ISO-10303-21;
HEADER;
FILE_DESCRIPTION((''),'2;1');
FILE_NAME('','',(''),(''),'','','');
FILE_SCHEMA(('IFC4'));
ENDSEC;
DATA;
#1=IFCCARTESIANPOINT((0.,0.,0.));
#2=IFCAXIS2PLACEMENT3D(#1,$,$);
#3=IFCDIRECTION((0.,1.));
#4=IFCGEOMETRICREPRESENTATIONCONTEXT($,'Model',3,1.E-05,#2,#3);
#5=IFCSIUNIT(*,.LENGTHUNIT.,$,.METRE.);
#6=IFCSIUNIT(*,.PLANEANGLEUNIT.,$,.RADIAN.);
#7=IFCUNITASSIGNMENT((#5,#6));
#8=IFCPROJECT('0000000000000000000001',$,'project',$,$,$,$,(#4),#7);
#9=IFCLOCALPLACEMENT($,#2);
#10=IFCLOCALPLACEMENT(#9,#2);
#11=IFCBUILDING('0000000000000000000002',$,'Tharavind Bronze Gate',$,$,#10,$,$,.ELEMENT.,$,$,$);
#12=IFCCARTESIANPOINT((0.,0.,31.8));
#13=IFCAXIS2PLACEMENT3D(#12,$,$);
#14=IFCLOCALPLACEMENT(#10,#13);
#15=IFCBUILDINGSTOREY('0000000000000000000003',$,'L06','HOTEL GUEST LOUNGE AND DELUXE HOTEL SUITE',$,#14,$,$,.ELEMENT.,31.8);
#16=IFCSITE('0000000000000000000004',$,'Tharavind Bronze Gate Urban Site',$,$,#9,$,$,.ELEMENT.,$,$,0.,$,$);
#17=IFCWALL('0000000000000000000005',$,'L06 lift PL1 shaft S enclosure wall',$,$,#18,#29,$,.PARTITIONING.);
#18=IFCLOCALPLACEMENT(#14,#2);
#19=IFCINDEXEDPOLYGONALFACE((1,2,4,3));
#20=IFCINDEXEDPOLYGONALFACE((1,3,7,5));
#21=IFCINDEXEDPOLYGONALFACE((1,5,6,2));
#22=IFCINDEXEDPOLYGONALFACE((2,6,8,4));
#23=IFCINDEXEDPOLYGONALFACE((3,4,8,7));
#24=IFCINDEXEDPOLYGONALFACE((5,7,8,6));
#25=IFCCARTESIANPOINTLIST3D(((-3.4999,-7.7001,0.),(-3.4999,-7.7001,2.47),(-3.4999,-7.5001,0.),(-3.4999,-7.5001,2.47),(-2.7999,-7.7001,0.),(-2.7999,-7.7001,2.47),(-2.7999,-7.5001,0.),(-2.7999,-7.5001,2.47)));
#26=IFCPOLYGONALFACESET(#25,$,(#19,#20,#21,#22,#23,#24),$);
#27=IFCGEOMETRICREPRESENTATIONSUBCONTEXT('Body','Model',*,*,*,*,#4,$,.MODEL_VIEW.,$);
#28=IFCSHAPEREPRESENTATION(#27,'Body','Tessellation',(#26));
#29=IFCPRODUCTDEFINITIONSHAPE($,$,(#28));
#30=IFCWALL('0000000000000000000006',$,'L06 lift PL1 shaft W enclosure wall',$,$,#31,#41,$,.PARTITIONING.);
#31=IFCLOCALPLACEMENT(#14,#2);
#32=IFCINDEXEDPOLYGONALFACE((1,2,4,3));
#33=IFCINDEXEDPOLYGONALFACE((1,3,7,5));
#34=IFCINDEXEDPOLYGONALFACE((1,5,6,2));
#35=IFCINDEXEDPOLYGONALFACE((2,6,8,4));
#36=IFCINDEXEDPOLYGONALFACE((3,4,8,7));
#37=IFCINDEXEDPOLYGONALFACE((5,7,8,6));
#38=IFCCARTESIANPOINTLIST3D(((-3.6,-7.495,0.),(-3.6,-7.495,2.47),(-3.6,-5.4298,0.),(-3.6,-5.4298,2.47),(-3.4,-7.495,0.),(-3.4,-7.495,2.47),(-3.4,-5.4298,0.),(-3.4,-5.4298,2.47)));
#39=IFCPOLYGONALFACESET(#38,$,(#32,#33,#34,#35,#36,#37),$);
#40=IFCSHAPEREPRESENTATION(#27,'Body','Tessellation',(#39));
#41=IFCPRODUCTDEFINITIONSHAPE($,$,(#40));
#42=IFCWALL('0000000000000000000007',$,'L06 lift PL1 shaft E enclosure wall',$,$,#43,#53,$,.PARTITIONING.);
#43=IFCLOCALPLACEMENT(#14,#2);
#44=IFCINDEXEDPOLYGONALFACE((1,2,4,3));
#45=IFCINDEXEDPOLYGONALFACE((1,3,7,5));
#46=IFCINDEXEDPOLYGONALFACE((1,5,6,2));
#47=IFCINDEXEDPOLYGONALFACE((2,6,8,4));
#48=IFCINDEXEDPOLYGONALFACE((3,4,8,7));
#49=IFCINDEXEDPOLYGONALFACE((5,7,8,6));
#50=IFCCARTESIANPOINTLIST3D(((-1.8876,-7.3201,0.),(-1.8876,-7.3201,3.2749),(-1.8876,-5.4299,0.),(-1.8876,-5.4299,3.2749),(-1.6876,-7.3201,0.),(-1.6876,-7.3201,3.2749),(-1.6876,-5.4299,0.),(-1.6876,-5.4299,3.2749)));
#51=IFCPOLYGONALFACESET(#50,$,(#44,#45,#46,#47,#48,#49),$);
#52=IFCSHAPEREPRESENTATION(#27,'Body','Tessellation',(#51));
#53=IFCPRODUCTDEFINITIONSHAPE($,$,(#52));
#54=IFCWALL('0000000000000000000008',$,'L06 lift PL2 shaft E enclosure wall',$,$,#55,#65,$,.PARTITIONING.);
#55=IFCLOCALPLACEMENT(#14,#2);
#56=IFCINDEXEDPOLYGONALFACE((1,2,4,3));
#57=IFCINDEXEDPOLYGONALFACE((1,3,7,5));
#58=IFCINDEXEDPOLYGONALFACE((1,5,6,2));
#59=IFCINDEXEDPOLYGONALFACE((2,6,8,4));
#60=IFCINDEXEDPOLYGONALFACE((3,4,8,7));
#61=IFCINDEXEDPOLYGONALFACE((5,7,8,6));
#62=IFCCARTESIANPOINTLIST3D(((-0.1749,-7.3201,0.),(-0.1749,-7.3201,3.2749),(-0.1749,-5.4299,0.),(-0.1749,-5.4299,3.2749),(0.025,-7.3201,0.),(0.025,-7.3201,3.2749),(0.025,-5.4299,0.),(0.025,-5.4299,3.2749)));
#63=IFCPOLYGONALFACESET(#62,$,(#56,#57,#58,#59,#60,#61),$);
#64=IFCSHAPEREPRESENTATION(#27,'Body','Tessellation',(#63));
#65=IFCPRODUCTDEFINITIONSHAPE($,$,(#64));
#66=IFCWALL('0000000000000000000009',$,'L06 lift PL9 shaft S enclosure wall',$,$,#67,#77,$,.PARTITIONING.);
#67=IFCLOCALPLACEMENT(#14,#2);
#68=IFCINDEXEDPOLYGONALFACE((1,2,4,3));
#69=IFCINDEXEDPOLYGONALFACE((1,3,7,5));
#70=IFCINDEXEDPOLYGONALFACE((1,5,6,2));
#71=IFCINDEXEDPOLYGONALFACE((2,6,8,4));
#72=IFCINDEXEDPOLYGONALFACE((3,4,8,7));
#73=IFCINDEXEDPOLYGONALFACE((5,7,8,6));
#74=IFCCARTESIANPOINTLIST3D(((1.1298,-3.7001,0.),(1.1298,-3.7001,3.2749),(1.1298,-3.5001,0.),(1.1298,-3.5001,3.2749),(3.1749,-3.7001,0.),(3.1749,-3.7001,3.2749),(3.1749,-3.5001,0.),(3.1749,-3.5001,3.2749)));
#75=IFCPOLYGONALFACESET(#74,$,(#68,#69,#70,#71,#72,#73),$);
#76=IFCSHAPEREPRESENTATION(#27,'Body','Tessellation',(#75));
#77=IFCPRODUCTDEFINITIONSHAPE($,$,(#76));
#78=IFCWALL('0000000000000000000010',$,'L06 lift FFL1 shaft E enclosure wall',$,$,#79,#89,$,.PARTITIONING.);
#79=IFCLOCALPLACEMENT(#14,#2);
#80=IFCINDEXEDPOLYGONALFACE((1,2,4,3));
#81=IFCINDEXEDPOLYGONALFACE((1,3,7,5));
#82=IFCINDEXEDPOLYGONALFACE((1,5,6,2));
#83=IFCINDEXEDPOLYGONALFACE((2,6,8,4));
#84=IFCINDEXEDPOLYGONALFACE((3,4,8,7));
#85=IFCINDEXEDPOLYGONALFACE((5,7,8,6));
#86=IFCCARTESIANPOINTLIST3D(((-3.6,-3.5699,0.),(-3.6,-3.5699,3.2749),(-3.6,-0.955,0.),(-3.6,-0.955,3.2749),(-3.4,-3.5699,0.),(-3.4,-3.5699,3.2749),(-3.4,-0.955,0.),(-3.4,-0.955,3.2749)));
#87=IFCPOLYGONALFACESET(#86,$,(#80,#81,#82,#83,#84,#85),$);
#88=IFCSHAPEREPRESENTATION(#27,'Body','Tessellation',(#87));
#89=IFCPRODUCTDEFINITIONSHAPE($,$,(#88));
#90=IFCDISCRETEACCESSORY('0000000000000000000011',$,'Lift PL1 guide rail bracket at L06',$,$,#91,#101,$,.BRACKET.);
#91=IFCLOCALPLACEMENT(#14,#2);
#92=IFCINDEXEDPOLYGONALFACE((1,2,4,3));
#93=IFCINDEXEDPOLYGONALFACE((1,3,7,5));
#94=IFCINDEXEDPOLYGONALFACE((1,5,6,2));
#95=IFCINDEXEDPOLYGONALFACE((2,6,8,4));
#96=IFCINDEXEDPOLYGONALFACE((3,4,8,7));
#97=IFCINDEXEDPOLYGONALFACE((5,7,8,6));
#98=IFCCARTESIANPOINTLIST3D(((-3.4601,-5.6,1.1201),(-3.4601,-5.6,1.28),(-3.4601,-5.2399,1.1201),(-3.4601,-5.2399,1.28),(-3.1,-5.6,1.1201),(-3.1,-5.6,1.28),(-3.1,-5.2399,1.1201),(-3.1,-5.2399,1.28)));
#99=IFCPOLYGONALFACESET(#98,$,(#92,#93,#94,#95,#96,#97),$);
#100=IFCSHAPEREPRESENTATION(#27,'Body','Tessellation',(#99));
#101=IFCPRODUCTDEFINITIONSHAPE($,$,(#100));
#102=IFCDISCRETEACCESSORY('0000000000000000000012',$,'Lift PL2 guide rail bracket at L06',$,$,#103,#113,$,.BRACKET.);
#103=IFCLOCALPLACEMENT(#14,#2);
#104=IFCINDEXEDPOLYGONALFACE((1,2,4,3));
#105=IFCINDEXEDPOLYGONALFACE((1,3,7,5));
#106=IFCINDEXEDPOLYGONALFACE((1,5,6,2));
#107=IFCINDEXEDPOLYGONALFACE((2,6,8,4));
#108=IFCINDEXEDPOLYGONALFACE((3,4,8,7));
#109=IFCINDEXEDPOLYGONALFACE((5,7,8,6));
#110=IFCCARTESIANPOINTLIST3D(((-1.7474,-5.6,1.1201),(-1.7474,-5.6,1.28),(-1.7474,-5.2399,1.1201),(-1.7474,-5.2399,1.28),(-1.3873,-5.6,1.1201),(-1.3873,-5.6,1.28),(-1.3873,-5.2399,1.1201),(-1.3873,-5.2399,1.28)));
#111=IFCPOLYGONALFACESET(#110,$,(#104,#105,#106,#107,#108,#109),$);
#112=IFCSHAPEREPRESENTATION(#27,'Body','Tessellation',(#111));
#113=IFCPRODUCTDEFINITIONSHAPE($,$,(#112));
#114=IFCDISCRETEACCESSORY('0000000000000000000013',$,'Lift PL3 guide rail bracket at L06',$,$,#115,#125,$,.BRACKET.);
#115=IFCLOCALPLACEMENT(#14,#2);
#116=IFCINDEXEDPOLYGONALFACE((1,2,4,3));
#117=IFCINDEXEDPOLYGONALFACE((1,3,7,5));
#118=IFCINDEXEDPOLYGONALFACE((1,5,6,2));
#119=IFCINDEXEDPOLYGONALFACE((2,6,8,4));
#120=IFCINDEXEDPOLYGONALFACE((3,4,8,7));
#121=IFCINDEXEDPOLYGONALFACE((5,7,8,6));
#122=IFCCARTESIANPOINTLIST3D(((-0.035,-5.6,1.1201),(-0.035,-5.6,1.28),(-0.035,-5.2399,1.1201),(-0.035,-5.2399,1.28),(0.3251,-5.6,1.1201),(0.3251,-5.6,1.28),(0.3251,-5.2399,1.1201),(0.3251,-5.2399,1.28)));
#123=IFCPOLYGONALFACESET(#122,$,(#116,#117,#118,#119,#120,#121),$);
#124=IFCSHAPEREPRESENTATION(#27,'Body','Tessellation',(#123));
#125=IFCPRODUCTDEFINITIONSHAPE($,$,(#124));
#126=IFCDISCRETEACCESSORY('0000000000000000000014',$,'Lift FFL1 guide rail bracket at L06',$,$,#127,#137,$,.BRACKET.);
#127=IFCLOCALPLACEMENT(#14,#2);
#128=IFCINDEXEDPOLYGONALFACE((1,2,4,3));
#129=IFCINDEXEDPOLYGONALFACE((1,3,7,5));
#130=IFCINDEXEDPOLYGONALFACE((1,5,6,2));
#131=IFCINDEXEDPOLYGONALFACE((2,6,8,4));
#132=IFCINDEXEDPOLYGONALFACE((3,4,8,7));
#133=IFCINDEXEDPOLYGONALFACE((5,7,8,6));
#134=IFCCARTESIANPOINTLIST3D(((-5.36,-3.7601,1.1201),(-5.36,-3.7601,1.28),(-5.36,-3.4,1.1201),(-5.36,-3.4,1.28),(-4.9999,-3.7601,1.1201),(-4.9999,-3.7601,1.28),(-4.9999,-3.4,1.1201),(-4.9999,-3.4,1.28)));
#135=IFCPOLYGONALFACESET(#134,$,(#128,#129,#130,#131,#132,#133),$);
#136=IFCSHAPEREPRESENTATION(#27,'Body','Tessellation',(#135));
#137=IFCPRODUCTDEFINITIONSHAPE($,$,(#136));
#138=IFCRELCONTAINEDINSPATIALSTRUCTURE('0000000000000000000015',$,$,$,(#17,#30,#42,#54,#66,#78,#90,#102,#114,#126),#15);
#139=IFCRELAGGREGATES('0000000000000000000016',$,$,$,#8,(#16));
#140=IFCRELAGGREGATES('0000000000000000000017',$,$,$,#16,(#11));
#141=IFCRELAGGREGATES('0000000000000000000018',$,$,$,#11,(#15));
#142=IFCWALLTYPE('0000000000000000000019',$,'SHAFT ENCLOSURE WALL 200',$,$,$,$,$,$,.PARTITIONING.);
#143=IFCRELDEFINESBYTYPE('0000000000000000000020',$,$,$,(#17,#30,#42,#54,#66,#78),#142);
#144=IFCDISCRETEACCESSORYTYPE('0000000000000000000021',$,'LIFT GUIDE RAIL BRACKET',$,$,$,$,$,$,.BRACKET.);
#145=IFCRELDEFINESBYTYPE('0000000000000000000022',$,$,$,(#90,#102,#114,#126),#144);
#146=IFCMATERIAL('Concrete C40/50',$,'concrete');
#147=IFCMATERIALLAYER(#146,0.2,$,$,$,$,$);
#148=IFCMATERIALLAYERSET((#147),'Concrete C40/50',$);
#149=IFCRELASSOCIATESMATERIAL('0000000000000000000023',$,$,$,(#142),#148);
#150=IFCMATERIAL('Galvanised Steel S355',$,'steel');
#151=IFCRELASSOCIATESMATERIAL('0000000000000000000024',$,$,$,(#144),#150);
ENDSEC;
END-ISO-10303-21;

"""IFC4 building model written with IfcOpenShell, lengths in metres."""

from ifc_helpers import new_model, si_unit, direction, frame, frame_2d, origin, origin_2d, place, context, subcontext, project, spatial, rectangle, extrude, material, layer, layer_set, type_object, element, save


model = new_model("IFC4")

# Units and contexts
model_context = context("Model", 3, precision=1e-05, world=origin(), true_north=direction((0.0, 1.0)))
body_context = subcontext(model_context, "Body", "Model", "MODEL_VIEW")
ifc_project = project(units=[si_unit("LENGTHUNIT", "METRE"), si_unit("PLANEANGLEUNIT", "RADIAN")], contexts=[model_context])

# Site, building, storey
site_placement = place(None, origin())
site = spatial("IfcSite", under=ifc_project, at=site_placement, Name="Tharavind Bronze Gate Urban Site", CompositionType="ELEMENT", RefElevation=0.0)
building_placement = place(site_placement, origin())
building = spatial("IfcBuilding", under=site, at=building_placement, Name="Tharavind Bronze Gate", CompositionType="ELEMENT")
storey_placement = place(building_placement, frame((0.0, 0.0, 31.8)))
storey = spatial("IfcBuildingStorey", under=building, at=storey_placement, Name="L06", Description="HOTEL GUEST LOUNGE AND DELUXE HOTEL SUITE", CompositionType="ELEMENT", Elevation=31.8)

# Walls
ifc_material_1 = material(Name="Concrete C40/50", Category="concrete")
ifc_layer_1 = layer(ifc_material_1, 0.2)
ifc_layer_set_1 = layer_set([ifc_layer_1], Name="Concrete C40/50")
wall_type_1 = type_object("IfcWallType", Name="SHAFT ENCLOSURE WALL 200", PredefinedType="PARTITIONING", material=ifc_layer_set_1)
wall_1_placement = place(storey_placement, frame((-3.5, -7.6001, 0.0), z_axis=(0.0, 0.0, 1.0), x_axis=(1.0, 0.0, 0.0)))
element("IfcWall", 1, at=wall_1_placement, inside=storey, type_object=wall_type_1, Name="L06 lift PL1 shaft S enclosure wall", PredefinedType="PARTITIONING", context=body_context, shape_type="SweptSolid", body=[
    extrude(rectangle(XDim=0.7, YDim=0.2, at=frame_2d((0.3501, 0.0))), origin(), (0.0, 0.0, 1.0), 2.47),
])
wall_2_placement = place(storey_placement, frame((-3.5, -7.4951, 0.0), z_axis=(0.0, 0.0, 1.0), x_axis=(0.0, 1.0, 0.0)))
element("IfcWall", 2, at=wall_2_placement, inside=storey, type_object=wall_type_1, Name="L06 lift PL1 shaft W enclosure wall", PredefinedType="PARTITIONING", context=body_context, shape_type="SweptSolid", body=[
    extrude(rectangle(XDim=2.0652, YDim=0.2, at=frame_2d((1.0327, 0.0))), origin(), (0.0, 0.0, 1.0), 2.47),
])
for number, where, z_axis, x_axis, name in (
    (3, (-1.7876, -7.3201, 0.0), (0.0, 0.0, 1.0), (0.0, 1.0, 0.0), "L06 lift PL1 shaft E enclosure wall"),
    (4, (-0.075, -7.3201, 0.0), (0.0, 0.0, 1.0), (0.0, 1.0, 0.0), "L06 lift PL2 shaft E enclosure wall"),
):
    element("IfcWall", number, at=place(storey_placement, frame(where, z_axis=z_axis, x_axis=x_axis)), inside=storey, type_object=wall_type_1, Name=name, PredefinedType="PARTITIONING", context=body_context, shape_type="SweptSolid", body=[
        extrude(rectangle(XDim=1.8901, YDim=0.2, at=frame_2d((0.9451, 0.0))), origin(), (0.0, 0.0, 1.0), 3.2749),
    ])
wall_3_placement = place(storey_placement, frame((1.1299, -3.6001, 0.0), z_axis=(0.0, 0.0, 1.0), x_axis=(1.0, 0.0, 0.0)))
element("IfcWall", 5, at=wall_3_placement, inside=storey, type_object=wall_type_1, Name="L06 lift PL9 shaft S enclosure wall", PredefinedType="PARTITIONING", context=body_context, shape_type="SweptSolid", body=[
    extrude(rectangle(XDim=2.0452, YDim=0.2, at=frame_2d((1.0225, 0.0))), origin(), (0.0, 0.0, 1.0), 3.2749),
])
wall_4_placement = place(storey_placement, frame((-3.5, -3.5701, 0.0), z_axis=(0.0, 0.0, 1.0), x_axis=(0.0, 1.0, 0.0)))
element("IfcWall", 6, at=wall_4_placement, inside=storey, type_object=wall_type_1, Name="L06 lift FFL1 shaft E enclosure wall", PredefinedType="PARTITIONING", context=body_context, shape_type="SweptSolid", body=[
    extrude(rectangle(XDim=2.615, YDim=0.2, at=frame_2d((1.3076, 0.0))), origin(), (0.0, 0.0, 1.0), 3.2749),
])

# Discrete accessories
ifc_material_2 = material(Name="Galvanised Steel S355", Category="steel")
discrete_accessory_type = type_object("IfcDiscreteAccessoryType", Name="LIFT GUIDE RAIL BRACKET", PredefinedType="BRACKET", material=ifc_material_2)
for number, where, z_axis, x_axis, name in (
    (7, (-3.28, -5.4199, 1.1201), (0.0, 0.0, 1.0), (1.0, 0.0, 0.0), "Lift PL1 guide rail bracket at L06"),
    (8, (-1.5674, -5.4199, 1.1201), (0.0, 0.0, 1.0), (1.0, 0.0, 0.0), "Lift PL2 guide rail bracket at L06"),
    (9, (0.145, -5.4199, 1.1201), (0.0, 0.0, 1.0), (1.0, 0.0, 0.0), "Lift PL3 guide rail bracket at L06"),
    (10, (-5.1799, -3.5801, 1.1201), (0.0, 0.0, 1.0), (1.0, 0.0, 0.0), "Lift FFL1 guide rail bracket at L06"),
):
    element("IfcDiscreteAccessory", number, at=place(storey_placement, frame(where, z_axis=z_axis, x_axis=x_axis)), inside=storey, type_object=discrete_accessory_type, Name=name, PredefinedType="BRACKET", context=body_context, shape_type="SweptSolid", body=[
        extrude(rectangle(XDim=0.3601, YDim=0.3601, at=origin_2d()), origin(), (0.0, 0.0, 1.0), 0.1599),
    ])

save(model, "model.ifc")
